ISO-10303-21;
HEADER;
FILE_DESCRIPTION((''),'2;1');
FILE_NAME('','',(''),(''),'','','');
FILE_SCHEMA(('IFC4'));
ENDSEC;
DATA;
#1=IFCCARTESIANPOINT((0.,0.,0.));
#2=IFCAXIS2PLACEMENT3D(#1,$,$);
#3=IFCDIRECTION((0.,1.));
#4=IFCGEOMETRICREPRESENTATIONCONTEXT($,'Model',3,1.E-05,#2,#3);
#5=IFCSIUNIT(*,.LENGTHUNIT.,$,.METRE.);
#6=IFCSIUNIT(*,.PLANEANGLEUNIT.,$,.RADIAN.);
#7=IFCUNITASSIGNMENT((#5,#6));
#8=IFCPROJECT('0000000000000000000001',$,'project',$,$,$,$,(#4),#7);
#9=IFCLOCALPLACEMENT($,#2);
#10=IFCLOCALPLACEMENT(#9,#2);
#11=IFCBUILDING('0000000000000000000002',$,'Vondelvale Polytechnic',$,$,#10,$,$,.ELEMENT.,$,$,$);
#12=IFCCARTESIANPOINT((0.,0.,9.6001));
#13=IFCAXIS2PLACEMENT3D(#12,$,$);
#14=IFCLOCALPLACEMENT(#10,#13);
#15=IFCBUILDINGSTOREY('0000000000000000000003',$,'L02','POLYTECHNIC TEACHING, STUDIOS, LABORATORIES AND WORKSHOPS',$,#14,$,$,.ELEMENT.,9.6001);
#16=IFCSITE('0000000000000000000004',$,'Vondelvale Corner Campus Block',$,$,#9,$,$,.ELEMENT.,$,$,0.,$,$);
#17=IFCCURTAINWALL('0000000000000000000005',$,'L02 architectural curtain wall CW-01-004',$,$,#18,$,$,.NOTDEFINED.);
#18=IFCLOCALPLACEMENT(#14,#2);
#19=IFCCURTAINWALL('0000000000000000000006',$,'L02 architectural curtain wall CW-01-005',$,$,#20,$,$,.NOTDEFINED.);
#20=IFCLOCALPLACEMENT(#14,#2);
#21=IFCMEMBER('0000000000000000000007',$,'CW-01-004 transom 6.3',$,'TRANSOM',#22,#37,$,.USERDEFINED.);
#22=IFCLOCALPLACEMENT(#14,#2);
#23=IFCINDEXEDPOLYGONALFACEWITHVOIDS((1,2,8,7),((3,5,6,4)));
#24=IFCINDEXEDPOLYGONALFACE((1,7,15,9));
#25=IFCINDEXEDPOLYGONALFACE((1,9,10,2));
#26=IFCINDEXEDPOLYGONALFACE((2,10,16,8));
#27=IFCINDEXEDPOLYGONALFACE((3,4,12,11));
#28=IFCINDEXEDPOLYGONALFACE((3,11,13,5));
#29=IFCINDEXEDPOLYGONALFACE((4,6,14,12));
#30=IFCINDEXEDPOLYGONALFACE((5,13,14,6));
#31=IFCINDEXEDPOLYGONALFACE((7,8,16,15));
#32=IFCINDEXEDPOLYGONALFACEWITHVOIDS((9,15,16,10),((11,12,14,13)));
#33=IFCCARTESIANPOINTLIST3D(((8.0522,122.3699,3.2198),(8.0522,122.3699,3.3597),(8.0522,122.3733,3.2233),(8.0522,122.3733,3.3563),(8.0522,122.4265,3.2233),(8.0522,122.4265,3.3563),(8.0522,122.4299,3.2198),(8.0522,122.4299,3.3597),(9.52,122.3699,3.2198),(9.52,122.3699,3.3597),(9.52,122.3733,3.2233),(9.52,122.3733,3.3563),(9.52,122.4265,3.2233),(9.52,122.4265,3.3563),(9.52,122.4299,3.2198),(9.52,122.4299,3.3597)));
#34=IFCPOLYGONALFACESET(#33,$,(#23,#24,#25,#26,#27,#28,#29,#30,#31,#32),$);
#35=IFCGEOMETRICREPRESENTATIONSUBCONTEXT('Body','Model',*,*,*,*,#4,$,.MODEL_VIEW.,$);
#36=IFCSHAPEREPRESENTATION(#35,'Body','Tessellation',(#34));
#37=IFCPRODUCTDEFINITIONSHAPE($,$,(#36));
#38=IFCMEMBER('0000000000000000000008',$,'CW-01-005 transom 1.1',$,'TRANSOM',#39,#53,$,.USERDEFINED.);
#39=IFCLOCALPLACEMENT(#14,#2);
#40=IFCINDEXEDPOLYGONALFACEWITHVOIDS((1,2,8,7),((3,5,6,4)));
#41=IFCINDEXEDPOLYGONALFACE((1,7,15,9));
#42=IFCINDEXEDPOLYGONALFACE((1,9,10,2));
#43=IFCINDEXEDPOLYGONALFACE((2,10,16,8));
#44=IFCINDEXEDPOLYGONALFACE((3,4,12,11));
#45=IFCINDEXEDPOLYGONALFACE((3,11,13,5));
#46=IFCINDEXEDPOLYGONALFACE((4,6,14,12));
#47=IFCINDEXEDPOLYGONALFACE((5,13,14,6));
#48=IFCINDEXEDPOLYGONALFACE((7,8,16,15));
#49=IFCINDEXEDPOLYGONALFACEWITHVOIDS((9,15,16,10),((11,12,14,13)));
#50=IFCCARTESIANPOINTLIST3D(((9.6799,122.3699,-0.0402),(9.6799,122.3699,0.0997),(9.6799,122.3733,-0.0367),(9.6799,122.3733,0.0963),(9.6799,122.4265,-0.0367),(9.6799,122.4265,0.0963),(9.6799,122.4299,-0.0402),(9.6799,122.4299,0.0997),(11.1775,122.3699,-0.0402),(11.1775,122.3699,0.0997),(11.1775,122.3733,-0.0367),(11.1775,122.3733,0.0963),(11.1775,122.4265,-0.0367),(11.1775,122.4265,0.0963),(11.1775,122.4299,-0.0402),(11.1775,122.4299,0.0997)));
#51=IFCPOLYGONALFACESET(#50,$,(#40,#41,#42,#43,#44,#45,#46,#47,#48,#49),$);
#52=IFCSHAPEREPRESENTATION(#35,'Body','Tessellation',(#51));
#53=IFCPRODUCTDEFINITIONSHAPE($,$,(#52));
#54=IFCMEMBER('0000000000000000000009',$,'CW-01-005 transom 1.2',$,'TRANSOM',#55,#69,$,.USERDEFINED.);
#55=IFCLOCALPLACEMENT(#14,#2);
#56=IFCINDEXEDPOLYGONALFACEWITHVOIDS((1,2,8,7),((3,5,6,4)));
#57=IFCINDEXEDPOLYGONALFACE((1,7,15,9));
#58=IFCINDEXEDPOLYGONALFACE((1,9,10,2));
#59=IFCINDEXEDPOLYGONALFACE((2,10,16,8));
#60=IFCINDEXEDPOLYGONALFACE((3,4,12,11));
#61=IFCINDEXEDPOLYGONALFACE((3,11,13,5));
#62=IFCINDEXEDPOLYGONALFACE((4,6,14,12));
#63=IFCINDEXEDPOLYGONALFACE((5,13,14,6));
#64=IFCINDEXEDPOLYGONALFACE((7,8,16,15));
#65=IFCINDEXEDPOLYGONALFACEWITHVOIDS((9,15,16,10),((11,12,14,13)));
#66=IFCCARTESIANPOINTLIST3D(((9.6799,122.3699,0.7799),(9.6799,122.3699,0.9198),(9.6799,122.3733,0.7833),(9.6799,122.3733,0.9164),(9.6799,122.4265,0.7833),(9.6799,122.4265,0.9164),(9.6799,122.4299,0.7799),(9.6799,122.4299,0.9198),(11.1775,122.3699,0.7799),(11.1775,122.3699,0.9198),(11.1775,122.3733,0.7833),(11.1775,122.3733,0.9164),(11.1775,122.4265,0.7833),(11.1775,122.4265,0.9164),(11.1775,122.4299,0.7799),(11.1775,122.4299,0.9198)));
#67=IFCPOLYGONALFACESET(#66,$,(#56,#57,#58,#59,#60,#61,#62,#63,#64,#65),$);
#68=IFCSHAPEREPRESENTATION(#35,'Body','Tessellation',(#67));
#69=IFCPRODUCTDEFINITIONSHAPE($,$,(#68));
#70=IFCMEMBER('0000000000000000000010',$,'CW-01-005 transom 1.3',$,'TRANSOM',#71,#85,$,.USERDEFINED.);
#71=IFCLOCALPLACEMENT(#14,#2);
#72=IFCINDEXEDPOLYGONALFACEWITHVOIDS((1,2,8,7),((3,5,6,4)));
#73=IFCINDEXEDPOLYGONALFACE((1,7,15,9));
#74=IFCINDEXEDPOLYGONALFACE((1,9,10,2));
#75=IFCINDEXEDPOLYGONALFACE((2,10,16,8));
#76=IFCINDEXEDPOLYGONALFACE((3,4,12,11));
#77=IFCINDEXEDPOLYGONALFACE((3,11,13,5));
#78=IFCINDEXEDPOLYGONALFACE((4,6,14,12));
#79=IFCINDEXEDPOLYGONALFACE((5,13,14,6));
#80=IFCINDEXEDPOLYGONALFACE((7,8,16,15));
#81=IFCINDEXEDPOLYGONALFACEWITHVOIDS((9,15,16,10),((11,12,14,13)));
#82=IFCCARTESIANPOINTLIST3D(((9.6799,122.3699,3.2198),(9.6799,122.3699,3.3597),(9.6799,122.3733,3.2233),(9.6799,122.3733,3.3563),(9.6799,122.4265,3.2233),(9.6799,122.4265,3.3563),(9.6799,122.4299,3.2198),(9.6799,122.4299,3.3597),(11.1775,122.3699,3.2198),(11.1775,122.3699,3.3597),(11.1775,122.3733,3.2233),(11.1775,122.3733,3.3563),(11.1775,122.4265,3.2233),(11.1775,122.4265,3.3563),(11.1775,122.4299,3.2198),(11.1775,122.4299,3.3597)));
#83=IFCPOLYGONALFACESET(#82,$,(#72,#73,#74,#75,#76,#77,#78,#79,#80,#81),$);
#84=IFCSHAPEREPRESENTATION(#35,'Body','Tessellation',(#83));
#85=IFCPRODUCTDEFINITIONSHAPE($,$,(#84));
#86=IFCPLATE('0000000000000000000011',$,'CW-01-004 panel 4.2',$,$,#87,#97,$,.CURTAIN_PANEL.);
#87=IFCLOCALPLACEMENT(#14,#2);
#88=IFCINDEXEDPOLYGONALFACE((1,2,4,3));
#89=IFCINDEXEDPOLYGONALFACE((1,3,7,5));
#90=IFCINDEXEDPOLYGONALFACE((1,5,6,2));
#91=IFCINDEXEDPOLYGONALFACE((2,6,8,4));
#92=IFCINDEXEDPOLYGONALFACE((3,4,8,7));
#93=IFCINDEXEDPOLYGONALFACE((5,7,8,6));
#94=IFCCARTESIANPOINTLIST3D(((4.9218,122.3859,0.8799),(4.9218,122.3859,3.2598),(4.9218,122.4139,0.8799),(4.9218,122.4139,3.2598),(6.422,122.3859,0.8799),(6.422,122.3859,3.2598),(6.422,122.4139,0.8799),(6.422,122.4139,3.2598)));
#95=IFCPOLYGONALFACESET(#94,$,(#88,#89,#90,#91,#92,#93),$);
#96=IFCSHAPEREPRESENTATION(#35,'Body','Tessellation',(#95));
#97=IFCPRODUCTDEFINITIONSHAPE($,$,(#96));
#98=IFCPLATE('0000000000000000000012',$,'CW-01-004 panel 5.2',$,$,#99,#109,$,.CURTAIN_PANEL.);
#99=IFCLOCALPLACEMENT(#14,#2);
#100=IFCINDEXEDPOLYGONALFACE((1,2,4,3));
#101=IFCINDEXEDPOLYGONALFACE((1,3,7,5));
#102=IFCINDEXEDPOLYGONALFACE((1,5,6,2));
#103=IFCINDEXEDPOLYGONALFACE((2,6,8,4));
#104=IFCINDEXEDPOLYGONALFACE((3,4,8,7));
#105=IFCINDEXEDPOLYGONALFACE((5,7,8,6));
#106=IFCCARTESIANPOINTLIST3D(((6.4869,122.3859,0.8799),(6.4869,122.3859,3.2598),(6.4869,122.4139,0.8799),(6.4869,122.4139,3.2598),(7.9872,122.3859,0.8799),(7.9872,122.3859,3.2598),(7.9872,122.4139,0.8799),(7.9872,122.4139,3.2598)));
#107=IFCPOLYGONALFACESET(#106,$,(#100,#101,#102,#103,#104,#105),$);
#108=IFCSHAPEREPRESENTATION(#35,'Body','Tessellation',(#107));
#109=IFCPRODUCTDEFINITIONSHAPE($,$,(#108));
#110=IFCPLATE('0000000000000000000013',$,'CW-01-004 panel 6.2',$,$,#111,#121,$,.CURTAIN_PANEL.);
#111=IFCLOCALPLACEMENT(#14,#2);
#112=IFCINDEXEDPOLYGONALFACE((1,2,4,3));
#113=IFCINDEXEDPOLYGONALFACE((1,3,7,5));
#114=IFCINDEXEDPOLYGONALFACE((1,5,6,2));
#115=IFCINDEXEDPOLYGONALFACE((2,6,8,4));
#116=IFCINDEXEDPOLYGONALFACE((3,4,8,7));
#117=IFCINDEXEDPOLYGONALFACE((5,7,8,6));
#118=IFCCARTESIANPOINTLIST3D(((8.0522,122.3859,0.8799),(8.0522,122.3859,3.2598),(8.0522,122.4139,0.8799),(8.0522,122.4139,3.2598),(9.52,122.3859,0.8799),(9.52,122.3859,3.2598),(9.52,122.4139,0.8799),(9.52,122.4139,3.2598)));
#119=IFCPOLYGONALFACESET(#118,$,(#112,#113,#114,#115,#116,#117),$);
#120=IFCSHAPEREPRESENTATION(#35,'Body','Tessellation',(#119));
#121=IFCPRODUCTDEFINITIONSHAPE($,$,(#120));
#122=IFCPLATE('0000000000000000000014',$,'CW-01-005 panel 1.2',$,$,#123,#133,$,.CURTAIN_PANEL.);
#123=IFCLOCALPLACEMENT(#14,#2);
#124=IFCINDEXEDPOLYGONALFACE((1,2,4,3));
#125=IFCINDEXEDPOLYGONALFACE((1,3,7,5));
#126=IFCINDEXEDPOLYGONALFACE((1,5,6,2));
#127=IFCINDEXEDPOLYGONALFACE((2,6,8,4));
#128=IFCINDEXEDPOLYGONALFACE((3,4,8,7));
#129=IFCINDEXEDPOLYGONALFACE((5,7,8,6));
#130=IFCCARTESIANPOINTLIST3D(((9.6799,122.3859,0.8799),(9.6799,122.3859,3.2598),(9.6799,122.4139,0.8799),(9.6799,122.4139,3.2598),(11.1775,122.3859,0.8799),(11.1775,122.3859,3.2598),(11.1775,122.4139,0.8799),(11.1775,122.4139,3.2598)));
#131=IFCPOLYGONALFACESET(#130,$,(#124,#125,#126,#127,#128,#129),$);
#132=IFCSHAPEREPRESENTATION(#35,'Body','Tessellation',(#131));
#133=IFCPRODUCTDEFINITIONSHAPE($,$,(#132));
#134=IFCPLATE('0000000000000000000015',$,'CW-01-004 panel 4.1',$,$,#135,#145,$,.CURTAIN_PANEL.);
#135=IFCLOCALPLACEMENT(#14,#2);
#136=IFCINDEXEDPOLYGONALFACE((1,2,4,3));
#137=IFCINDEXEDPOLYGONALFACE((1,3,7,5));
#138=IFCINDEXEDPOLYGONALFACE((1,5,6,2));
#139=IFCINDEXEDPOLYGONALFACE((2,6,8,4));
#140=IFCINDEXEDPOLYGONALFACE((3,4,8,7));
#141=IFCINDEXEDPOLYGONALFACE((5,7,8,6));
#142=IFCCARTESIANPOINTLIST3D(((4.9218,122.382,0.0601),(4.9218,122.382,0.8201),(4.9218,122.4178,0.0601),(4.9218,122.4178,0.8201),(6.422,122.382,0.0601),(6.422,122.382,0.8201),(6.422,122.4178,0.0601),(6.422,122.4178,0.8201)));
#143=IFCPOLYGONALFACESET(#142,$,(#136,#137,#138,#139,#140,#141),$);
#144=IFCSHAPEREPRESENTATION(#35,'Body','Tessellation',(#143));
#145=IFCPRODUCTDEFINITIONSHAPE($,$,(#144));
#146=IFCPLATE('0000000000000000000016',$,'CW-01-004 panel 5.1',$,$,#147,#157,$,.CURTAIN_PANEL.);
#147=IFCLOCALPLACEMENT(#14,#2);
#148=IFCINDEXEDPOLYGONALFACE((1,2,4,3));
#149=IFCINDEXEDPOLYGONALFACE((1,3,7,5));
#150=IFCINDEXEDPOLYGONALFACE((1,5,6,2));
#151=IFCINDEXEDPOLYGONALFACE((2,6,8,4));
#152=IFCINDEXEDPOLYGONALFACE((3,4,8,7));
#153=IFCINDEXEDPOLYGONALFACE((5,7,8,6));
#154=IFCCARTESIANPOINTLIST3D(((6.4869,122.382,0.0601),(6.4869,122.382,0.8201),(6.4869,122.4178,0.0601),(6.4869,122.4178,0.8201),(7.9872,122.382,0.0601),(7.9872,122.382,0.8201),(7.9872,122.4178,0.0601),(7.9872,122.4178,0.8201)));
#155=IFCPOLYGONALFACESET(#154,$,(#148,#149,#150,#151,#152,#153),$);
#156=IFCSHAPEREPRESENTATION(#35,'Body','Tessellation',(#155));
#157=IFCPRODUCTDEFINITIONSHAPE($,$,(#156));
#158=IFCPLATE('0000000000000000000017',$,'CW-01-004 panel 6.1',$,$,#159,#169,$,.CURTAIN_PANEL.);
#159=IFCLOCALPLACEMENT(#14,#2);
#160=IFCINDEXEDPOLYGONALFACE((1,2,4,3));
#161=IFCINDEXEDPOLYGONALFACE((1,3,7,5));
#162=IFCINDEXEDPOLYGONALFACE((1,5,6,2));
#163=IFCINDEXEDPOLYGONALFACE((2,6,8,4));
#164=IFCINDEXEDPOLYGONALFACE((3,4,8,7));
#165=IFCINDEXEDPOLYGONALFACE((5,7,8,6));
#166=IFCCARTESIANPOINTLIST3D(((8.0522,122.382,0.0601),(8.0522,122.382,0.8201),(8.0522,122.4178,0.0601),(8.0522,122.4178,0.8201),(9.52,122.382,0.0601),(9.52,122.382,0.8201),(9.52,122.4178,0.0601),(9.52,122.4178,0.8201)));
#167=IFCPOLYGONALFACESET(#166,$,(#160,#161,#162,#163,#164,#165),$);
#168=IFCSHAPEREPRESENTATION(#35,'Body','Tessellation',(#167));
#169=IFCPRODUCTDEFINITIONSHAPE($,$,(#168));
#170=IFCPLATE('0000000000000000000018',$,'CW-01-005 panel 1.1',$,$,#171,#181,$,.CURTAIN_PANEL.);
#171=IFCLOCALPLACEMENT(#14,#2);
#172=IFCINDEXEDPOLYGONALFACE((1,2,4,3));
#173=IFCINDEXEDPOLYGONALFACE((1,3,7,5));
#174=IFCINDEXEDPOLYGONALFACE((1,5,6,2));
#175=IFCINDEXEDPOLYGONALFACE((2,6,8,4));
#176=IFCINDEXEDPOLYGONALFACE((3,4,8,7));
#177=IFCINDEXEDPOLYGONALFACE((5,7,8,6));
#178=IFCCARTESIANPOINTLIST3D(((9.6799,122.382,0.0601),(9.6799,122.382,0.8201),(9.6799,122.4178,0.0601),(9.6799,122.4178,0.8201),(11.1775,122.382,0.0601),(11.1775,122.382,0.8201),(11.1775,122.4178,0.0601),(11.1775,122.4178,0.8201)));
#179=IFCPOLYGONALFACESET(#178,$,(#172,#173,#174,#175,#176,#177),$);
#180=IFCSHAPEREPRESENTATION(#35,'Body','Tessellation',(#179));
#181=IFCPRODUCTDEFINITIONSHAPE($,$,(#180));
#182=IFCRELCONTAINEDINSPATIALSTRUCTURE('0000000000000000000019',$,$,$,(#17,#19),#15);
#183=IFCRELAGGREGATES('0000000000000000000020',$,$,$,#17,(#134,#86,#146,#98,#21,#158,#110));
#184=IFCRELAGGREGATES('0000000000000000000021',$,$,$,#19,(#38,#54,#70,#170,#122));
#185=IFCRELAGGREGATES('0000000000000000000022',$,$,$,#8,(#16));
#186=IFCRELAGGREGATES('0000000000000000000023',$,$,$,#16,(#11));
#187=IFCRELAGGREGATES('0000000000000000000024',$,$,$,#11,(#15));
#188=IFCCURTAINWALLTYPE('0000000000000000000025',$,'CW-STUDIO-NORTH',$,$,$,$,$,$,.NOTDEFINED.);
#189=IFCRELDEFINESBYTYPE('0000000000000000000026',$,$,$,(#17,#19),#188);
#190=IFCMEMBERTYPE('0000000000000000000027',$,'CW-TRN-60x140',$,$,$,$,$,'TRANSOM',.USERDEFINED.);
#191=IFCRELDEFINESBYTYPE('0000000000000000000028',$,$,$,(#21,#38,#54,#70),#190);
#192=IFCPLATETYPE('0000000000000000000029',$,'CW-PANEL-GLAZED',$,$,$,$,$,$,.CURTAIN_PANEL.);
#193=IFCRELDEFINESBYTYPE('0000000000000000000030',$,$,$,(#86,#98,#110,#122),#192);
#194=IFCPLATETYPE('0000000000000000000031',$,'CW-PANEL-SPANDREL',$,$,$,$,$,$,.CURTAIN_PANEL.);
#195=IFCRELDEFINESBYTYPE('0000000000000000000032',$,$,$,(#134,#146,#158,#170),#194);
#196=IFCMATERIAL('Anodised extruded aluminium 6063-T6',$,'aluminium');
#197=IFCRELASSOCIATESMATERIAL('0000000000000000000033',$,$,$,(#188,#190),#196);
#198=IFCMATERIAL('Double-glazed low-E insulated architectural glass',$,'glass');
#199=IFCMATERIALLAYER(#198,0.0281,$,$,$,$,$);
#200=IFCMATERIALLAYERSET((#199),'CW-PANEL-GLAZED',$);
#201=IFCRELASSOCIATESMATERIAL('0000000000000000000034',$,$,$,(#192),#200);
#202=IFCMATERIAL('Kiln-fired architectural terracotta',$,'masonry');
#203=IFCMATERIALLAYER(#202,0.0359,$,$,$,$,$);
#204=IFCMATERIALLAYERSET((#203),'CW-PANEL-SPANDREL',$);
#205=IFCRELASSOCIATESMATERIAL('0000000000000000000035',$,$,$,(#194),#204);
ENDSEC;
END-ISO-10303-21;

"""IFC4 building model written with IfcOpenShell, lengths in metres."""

from ifc_helpers import new_model, si_unit, direction, frame, origin, origin_2d, place, context, subcontext, project, spatial, rectangle, hollow_rectangle, extrude, material, layer, layer_set, material_profile, profile_set, type_object, element, aggregate, save


model = new_model("IFC4")

# Units and contexts
model_context = context("Model", 3, precision=1e-05, world=origin(), true_north=direction((0.0, 1.0)))
body_context = subcontext(model_context, "Body", "Model", "MODEL_VIEW")
ifc_project = project(units=[si_unit("LENGTHUNIT", "METRE"), si_unit("PLANEANGLEUNIT", "RADIAN")], contexts=[model_context])

# Site, building, storey
site_placement = place(None, origin())
site = spatial("IfcSite", under=ifc_project, at=site_placement, Name="Vondelvale Corner Campus Block", CompositionType="ELEMENT", RefElevation=0.0)
building_placement = place(site_placement, origin())
building = spatial("IfcBuilding", under=site, at=building_placement, Name="Vondelvale Polytechnic", CompositionType="ELEMENT")
storey_placement = place(building_placement, frame((0.0, 0.0, 9.6001)))
storey = spatial("IfcBuildingStorey", under=building, at=storey_placement, Name="L02", Description="POLYTECHNIC TEACHING, STUDIOS, LABORATORIES AND WORKSHOPS", CompositionType="ELEMENT", Elevation=9.6001)

# Curtain wall
ifc_material_1 = material(Name="Anodised extruded aluminium 6063-T6", Category="aluminium")
curtain_wall_type = type_object("IfcCurtainWallType", Name="CW-STUDIO-NORTH", PredefinedType="NOTDEFINED", material=ifc_material_1)
curtain_wall_1_placement = place(storey_placement, origin())
curtain_wall_1 = element("IfcCurtainWall", 1, at=curtain_wall_1_placement, inside=storey, type_object=curtain_wall_type, Name="L02 architectural curtain wall CW-01-004", PredefinedType="NOTDEFINED")

# Curtain wall
curtain_wall_2_placement = place(storey_placement, origin())
curtain_wall_2 = element("IfcCurtainWall", 2, at=curtain_wall_2_placement, inside=storey, type_object=curtain_wall_type, Name="L02 architectural curtain wall CW-01-005", PredefinedType="NOTDEFINED")

# Members
ifc_material_profile_1 = material_profile(ifc_material_1, hollow_rectangle(XDim=0.0601, YDim=0.1399, WallThickness=0.0034, at=origin_2d()), Name="CW-TRN-140x60")
ifc_profile_set_1 = profile_set([ifc_material_profile_1], Name="Anodised extruded aluminium 6063-T6")
member_type_1 = type_object("IfcMemberType", Name="CW-TRN-60x140", ElementType="TRANSOM", PredefinedType="USERDEFINED", material=ifc_profile_set_1)
member_1_placement = place(storey_placement, frame((8.0522, 122.3999, 3.2898), z_axis=(1.0, 0.0, 0.0), x_axis=(0.0, 1.0, 0.0)))
member_1 = element("IfcMember", 3, at=member_1_placement, type_object=member_type_1, Name="CW-01-004 transom 6.3", ObjectType="TRANSOM", PredefinedType="USERDEFINED", context=body_context, shape_type="SweptSolid", body=[
    extrude(hollow_rectangle(XDim=0.0601, YDim=0.1399, WallThickness=0.0034, at=origin_2d()), origin(), (0.0, 0.0, 1.0), 1.4678),
])
member_2_placement = place(storey_placement, frame((9.6799, 122.3999, 0.0298), z_axis=(1.0, 0.0, 0.0), x_axis=(0.0, 1.0, 0.0)))
member_2 = element("IfcMember", 4, at=member_2_placement, type_object=member_type_1, Name="CW-01-005 transom 1.1", ObjectType="TRANSOM", PredefinedType="USERDEFINED", context=body_context, shape_type="SweptSolid", body=[
    extrude(hollow_rectangle(XDim=0.0601, YDim=0.1399, WallThickness=0.0034, at=origin_2d()), origin(), (0.0, 0.0, 1.0), 1.4976),
])
member_3_placement = place(storey_placement, frame((9.6799, 122.3999, 0.8499), z_axis=(1.0, 0.0, 0.0), x_axis=(0.0, 1.0, 0.0)))
member_3 = element("IfcMember", 5, at=member_3_placement, type_object=member_type_1, Name="CW-01-005 transom 1.2", ObjectType="TRANSOM", PredefinedType="USERDEFINED", context=body_context, shape_type="SweptSolid", body=[
    extrude(hollow_rectangle(XDim=0.0601, YDim=0.1399, WallThickness=0.0034, at=origin_2d()), origin(), (0.0, 0.0, 1.0), 1.4976),
])
member_4_placement = place(storey_placement, frame((9.6799, 122.3999, 3.2898), z_axis=(1.0, 0.0, 0.0), x_axis=(0.0, 1.0, 0.0)))
member_4 = element("IfcMember", 6, at=member_4_placement, type_object=member_type_1, Name="CW-01-005 transom 1.3", ObjectType="TRANSOM", PredefinedType="USERDEFINED", context=body_context, shape_type="SweptSolid", body=[
    extrude(hollow_rectangle(XDim=0.0601, YDim=0.1399, WallThickness=0.0034, at=origin_2d()), origin(), (0.0, 0.0, 1.0), 1.4976),
])

# Plates
ifc_material_2 = material(Name="Double-glazed low-E insulated architectural glass", Category="glass")
ifc_layer_1 = layer(ifc_material_2, 0.0281)
ifc_layer_set_1 = layer_set([ifc_layer_1], Name="CW-PANEL-GLAZED")
plate_type_1 = type_object("IfcPlateType", Name="CW-PANEL-GLAZED", PredefinedType="CURTAIN_PANEL", material=ifc_layer_set_1)
plate_1_placement = place(storey_placement, frame((5.6719, 122.3999, 0.8799), z_axis=(0.0, 0.0, 1.0), x_axis=(1.0, 0.0, 0.0)))
plate_1 = element("IfcPlate", 7, at=plate_1_placement, type_object=plate_type_1, Name="CW-01-004 panel 4.2", PredefinedType="CURTAIN_PANEL", context=body_context, shape_type="SweptSolid", body=[
    extrude(rectangle(XDim=1.5002, YDim=0.0281, at=origin_2d()), origin(), (0.0, 0.0, 1.0), 2.3799),
])
plate_2_placement = place(storey_placement, frame((7.2371, 122.3999, 0.8799), z_axis=(0.0, 0.0, 1.0), x_axis=(1.0, 0.0, 0.0)))
plate_2 = element("IfcPlate", 8, at=plate_2_placement, type_object=plate_type_1, Name="CW-01-004 panel 5.2", PredefinedType="CURTAIN_PANEL", context=body_context, shape_type="SweptSolid", body=[
    extrude(rectangle(XDim=1.5002, YDim=0.0281, at=origin_2d()), origin(), (0.0, 0.0, 1.0), 2.3799),
])
plate_3_placement = place(storey_placement, frame((8.7861, 122.3999, 0.8799), z_axis=(0.0, 0.0, 1.0), x_axis=(1.0, 0.0, 0.0)))
plate_3 = element("IfcPlate", 9, at=plate_3_placement, type_object=plate_type_1, Name="CW-01-004 panel 6.2", PredefinedType="CURTAIN_PANEL", context=body_context, shape_type="SweptSolid", body=[
    extrude(rectangle(XDim=1.4678, YDim=0.0281, at=origin_2d()), origin(), (0.0, 0.0, 1.0), 2.3799),
])
plate_4_placement = place(storey_placement, frame((10.4287, 122.3999, 0.8799), z_axis=(0.0, 0.0, 1.0), x_axis=(1.0, 0.0, 0.0)))
plate_4 = element("IfcPlate", 10, at=plate_4_placement, type_object=plate_type_1, Name="CW-01-005 panel 1.2", PredefinedType="CURTAIN_PANEL", context=body_context, shape_type="SweptSolid", body=[
    extrude(rectangle(XDim=1.4976, YDim=0.0281, at=origin_2d()), origin(), (0.0, 0.0, 1.0), 2.3799),
])
ifc_material_3 = material(Name="Kiln-fired architectural terracotta", Category="masonry")
ifc_layer_2 = layer(ifc_material_3, 0.0359)
ifc_layer_set_2 = layer_set([ifc_layer_2], Name="CW-PANEL-SPANDREL")
plate_type_2 = type_object("IfcPlateType", Name="CW-PANEL-SPANDREL", PredefinedType="CURTAIN_PANEL", material=ifc_layer_set_2)
plate_5_placement = place(storey_placement, frame((5.6719, 122.3999, 0.0601), z_axis=(0.0, 0.0, 1.0), x_axis=(1.0, 0.0, 0.0)))
plate_5 = element("IfcPlate", 11, at=plate_5_placement, type_object=plate_type_2, Name="CW-01-004 panel 4.1", PredefinedType="CURTAIN_PANEL", context=body_context, shape_type="SweptSolid", body=[
    extrude(rectangle(XDim=1.5002, YDim=0.0359, at=origin_2d()), origin(), (0.0, 0.0, 1.0), 0.76),
])
plate_6_placement = place(storey_placement, frame((7.2371, 122.3999, 0.0601), z_axis=(0.0, 0.0, 1.0), x_axis=(1.0, 0.0, 0.0)))
plate_6 = element("IfcPlate", 12, at=plate_6_placement, type_object=plate_type_2, Name="CW-01-004 panel 5.1", PredefinedType="CURTAIN_PANEL", context=body_context, shape_type="SweptSolid", body=[
    extrude(rectangle(XDim=1.5002, YDim=0.0359, at=origin_2d()), origin(), (0.0, 0.0, 1.0), 0.76),
])
plate_7_placement = place(storey_placement, frame((8.7861, 122.3999, 0.0601), z_axis=(0.0, 0.0, 1.0), x_axis=(1.0, 0.0, 0.0)))
plate_7 = element("IfcPlate", 13, at=plate_7_placement, type_object=plate_type_2, Name="CW-01-004 panel 6.1", PredefinedType="CURTAIN_PANEL", context=body_context, shape_type="SweptSolid", body=[
    extrude(rectangle(XDim=1.4678, YDim=0.0359, at=origin_2d()), origin(), (0.0, 0.0, 1.0), 0.76),
])
aggregate(curtain_wall_1, [plate_5, plate_1, plate_6, plate_2, member_1, plate_7, plate_3])
plate_8_placement = place(storey_placement, frame((10.4287, 122.3999, 0.0601), z_axis=(0.0, 0.0, 1.0), x_axis=(1.0, 0.0, 0.0)))
plate_8 = element("IfcPlate", 14, at=plate_8_placement, type_object=plate_type_2, Name="CW-01-005 panel 1.1", PredefinedType="CURTAIN_PANEL", context=body_context, shape_type="SweptSolid", body=[
    extrude(rectangle(XDim=1.4976, YDim=0.0359, at=origin_2d()), origin(), (0.0, 0.0, 1.0), 0.76),
])
aggregate(curtain_wall_2, [member_2, member_3, member_4, plate_8, plate_4])

save(model, "model.ifc")
